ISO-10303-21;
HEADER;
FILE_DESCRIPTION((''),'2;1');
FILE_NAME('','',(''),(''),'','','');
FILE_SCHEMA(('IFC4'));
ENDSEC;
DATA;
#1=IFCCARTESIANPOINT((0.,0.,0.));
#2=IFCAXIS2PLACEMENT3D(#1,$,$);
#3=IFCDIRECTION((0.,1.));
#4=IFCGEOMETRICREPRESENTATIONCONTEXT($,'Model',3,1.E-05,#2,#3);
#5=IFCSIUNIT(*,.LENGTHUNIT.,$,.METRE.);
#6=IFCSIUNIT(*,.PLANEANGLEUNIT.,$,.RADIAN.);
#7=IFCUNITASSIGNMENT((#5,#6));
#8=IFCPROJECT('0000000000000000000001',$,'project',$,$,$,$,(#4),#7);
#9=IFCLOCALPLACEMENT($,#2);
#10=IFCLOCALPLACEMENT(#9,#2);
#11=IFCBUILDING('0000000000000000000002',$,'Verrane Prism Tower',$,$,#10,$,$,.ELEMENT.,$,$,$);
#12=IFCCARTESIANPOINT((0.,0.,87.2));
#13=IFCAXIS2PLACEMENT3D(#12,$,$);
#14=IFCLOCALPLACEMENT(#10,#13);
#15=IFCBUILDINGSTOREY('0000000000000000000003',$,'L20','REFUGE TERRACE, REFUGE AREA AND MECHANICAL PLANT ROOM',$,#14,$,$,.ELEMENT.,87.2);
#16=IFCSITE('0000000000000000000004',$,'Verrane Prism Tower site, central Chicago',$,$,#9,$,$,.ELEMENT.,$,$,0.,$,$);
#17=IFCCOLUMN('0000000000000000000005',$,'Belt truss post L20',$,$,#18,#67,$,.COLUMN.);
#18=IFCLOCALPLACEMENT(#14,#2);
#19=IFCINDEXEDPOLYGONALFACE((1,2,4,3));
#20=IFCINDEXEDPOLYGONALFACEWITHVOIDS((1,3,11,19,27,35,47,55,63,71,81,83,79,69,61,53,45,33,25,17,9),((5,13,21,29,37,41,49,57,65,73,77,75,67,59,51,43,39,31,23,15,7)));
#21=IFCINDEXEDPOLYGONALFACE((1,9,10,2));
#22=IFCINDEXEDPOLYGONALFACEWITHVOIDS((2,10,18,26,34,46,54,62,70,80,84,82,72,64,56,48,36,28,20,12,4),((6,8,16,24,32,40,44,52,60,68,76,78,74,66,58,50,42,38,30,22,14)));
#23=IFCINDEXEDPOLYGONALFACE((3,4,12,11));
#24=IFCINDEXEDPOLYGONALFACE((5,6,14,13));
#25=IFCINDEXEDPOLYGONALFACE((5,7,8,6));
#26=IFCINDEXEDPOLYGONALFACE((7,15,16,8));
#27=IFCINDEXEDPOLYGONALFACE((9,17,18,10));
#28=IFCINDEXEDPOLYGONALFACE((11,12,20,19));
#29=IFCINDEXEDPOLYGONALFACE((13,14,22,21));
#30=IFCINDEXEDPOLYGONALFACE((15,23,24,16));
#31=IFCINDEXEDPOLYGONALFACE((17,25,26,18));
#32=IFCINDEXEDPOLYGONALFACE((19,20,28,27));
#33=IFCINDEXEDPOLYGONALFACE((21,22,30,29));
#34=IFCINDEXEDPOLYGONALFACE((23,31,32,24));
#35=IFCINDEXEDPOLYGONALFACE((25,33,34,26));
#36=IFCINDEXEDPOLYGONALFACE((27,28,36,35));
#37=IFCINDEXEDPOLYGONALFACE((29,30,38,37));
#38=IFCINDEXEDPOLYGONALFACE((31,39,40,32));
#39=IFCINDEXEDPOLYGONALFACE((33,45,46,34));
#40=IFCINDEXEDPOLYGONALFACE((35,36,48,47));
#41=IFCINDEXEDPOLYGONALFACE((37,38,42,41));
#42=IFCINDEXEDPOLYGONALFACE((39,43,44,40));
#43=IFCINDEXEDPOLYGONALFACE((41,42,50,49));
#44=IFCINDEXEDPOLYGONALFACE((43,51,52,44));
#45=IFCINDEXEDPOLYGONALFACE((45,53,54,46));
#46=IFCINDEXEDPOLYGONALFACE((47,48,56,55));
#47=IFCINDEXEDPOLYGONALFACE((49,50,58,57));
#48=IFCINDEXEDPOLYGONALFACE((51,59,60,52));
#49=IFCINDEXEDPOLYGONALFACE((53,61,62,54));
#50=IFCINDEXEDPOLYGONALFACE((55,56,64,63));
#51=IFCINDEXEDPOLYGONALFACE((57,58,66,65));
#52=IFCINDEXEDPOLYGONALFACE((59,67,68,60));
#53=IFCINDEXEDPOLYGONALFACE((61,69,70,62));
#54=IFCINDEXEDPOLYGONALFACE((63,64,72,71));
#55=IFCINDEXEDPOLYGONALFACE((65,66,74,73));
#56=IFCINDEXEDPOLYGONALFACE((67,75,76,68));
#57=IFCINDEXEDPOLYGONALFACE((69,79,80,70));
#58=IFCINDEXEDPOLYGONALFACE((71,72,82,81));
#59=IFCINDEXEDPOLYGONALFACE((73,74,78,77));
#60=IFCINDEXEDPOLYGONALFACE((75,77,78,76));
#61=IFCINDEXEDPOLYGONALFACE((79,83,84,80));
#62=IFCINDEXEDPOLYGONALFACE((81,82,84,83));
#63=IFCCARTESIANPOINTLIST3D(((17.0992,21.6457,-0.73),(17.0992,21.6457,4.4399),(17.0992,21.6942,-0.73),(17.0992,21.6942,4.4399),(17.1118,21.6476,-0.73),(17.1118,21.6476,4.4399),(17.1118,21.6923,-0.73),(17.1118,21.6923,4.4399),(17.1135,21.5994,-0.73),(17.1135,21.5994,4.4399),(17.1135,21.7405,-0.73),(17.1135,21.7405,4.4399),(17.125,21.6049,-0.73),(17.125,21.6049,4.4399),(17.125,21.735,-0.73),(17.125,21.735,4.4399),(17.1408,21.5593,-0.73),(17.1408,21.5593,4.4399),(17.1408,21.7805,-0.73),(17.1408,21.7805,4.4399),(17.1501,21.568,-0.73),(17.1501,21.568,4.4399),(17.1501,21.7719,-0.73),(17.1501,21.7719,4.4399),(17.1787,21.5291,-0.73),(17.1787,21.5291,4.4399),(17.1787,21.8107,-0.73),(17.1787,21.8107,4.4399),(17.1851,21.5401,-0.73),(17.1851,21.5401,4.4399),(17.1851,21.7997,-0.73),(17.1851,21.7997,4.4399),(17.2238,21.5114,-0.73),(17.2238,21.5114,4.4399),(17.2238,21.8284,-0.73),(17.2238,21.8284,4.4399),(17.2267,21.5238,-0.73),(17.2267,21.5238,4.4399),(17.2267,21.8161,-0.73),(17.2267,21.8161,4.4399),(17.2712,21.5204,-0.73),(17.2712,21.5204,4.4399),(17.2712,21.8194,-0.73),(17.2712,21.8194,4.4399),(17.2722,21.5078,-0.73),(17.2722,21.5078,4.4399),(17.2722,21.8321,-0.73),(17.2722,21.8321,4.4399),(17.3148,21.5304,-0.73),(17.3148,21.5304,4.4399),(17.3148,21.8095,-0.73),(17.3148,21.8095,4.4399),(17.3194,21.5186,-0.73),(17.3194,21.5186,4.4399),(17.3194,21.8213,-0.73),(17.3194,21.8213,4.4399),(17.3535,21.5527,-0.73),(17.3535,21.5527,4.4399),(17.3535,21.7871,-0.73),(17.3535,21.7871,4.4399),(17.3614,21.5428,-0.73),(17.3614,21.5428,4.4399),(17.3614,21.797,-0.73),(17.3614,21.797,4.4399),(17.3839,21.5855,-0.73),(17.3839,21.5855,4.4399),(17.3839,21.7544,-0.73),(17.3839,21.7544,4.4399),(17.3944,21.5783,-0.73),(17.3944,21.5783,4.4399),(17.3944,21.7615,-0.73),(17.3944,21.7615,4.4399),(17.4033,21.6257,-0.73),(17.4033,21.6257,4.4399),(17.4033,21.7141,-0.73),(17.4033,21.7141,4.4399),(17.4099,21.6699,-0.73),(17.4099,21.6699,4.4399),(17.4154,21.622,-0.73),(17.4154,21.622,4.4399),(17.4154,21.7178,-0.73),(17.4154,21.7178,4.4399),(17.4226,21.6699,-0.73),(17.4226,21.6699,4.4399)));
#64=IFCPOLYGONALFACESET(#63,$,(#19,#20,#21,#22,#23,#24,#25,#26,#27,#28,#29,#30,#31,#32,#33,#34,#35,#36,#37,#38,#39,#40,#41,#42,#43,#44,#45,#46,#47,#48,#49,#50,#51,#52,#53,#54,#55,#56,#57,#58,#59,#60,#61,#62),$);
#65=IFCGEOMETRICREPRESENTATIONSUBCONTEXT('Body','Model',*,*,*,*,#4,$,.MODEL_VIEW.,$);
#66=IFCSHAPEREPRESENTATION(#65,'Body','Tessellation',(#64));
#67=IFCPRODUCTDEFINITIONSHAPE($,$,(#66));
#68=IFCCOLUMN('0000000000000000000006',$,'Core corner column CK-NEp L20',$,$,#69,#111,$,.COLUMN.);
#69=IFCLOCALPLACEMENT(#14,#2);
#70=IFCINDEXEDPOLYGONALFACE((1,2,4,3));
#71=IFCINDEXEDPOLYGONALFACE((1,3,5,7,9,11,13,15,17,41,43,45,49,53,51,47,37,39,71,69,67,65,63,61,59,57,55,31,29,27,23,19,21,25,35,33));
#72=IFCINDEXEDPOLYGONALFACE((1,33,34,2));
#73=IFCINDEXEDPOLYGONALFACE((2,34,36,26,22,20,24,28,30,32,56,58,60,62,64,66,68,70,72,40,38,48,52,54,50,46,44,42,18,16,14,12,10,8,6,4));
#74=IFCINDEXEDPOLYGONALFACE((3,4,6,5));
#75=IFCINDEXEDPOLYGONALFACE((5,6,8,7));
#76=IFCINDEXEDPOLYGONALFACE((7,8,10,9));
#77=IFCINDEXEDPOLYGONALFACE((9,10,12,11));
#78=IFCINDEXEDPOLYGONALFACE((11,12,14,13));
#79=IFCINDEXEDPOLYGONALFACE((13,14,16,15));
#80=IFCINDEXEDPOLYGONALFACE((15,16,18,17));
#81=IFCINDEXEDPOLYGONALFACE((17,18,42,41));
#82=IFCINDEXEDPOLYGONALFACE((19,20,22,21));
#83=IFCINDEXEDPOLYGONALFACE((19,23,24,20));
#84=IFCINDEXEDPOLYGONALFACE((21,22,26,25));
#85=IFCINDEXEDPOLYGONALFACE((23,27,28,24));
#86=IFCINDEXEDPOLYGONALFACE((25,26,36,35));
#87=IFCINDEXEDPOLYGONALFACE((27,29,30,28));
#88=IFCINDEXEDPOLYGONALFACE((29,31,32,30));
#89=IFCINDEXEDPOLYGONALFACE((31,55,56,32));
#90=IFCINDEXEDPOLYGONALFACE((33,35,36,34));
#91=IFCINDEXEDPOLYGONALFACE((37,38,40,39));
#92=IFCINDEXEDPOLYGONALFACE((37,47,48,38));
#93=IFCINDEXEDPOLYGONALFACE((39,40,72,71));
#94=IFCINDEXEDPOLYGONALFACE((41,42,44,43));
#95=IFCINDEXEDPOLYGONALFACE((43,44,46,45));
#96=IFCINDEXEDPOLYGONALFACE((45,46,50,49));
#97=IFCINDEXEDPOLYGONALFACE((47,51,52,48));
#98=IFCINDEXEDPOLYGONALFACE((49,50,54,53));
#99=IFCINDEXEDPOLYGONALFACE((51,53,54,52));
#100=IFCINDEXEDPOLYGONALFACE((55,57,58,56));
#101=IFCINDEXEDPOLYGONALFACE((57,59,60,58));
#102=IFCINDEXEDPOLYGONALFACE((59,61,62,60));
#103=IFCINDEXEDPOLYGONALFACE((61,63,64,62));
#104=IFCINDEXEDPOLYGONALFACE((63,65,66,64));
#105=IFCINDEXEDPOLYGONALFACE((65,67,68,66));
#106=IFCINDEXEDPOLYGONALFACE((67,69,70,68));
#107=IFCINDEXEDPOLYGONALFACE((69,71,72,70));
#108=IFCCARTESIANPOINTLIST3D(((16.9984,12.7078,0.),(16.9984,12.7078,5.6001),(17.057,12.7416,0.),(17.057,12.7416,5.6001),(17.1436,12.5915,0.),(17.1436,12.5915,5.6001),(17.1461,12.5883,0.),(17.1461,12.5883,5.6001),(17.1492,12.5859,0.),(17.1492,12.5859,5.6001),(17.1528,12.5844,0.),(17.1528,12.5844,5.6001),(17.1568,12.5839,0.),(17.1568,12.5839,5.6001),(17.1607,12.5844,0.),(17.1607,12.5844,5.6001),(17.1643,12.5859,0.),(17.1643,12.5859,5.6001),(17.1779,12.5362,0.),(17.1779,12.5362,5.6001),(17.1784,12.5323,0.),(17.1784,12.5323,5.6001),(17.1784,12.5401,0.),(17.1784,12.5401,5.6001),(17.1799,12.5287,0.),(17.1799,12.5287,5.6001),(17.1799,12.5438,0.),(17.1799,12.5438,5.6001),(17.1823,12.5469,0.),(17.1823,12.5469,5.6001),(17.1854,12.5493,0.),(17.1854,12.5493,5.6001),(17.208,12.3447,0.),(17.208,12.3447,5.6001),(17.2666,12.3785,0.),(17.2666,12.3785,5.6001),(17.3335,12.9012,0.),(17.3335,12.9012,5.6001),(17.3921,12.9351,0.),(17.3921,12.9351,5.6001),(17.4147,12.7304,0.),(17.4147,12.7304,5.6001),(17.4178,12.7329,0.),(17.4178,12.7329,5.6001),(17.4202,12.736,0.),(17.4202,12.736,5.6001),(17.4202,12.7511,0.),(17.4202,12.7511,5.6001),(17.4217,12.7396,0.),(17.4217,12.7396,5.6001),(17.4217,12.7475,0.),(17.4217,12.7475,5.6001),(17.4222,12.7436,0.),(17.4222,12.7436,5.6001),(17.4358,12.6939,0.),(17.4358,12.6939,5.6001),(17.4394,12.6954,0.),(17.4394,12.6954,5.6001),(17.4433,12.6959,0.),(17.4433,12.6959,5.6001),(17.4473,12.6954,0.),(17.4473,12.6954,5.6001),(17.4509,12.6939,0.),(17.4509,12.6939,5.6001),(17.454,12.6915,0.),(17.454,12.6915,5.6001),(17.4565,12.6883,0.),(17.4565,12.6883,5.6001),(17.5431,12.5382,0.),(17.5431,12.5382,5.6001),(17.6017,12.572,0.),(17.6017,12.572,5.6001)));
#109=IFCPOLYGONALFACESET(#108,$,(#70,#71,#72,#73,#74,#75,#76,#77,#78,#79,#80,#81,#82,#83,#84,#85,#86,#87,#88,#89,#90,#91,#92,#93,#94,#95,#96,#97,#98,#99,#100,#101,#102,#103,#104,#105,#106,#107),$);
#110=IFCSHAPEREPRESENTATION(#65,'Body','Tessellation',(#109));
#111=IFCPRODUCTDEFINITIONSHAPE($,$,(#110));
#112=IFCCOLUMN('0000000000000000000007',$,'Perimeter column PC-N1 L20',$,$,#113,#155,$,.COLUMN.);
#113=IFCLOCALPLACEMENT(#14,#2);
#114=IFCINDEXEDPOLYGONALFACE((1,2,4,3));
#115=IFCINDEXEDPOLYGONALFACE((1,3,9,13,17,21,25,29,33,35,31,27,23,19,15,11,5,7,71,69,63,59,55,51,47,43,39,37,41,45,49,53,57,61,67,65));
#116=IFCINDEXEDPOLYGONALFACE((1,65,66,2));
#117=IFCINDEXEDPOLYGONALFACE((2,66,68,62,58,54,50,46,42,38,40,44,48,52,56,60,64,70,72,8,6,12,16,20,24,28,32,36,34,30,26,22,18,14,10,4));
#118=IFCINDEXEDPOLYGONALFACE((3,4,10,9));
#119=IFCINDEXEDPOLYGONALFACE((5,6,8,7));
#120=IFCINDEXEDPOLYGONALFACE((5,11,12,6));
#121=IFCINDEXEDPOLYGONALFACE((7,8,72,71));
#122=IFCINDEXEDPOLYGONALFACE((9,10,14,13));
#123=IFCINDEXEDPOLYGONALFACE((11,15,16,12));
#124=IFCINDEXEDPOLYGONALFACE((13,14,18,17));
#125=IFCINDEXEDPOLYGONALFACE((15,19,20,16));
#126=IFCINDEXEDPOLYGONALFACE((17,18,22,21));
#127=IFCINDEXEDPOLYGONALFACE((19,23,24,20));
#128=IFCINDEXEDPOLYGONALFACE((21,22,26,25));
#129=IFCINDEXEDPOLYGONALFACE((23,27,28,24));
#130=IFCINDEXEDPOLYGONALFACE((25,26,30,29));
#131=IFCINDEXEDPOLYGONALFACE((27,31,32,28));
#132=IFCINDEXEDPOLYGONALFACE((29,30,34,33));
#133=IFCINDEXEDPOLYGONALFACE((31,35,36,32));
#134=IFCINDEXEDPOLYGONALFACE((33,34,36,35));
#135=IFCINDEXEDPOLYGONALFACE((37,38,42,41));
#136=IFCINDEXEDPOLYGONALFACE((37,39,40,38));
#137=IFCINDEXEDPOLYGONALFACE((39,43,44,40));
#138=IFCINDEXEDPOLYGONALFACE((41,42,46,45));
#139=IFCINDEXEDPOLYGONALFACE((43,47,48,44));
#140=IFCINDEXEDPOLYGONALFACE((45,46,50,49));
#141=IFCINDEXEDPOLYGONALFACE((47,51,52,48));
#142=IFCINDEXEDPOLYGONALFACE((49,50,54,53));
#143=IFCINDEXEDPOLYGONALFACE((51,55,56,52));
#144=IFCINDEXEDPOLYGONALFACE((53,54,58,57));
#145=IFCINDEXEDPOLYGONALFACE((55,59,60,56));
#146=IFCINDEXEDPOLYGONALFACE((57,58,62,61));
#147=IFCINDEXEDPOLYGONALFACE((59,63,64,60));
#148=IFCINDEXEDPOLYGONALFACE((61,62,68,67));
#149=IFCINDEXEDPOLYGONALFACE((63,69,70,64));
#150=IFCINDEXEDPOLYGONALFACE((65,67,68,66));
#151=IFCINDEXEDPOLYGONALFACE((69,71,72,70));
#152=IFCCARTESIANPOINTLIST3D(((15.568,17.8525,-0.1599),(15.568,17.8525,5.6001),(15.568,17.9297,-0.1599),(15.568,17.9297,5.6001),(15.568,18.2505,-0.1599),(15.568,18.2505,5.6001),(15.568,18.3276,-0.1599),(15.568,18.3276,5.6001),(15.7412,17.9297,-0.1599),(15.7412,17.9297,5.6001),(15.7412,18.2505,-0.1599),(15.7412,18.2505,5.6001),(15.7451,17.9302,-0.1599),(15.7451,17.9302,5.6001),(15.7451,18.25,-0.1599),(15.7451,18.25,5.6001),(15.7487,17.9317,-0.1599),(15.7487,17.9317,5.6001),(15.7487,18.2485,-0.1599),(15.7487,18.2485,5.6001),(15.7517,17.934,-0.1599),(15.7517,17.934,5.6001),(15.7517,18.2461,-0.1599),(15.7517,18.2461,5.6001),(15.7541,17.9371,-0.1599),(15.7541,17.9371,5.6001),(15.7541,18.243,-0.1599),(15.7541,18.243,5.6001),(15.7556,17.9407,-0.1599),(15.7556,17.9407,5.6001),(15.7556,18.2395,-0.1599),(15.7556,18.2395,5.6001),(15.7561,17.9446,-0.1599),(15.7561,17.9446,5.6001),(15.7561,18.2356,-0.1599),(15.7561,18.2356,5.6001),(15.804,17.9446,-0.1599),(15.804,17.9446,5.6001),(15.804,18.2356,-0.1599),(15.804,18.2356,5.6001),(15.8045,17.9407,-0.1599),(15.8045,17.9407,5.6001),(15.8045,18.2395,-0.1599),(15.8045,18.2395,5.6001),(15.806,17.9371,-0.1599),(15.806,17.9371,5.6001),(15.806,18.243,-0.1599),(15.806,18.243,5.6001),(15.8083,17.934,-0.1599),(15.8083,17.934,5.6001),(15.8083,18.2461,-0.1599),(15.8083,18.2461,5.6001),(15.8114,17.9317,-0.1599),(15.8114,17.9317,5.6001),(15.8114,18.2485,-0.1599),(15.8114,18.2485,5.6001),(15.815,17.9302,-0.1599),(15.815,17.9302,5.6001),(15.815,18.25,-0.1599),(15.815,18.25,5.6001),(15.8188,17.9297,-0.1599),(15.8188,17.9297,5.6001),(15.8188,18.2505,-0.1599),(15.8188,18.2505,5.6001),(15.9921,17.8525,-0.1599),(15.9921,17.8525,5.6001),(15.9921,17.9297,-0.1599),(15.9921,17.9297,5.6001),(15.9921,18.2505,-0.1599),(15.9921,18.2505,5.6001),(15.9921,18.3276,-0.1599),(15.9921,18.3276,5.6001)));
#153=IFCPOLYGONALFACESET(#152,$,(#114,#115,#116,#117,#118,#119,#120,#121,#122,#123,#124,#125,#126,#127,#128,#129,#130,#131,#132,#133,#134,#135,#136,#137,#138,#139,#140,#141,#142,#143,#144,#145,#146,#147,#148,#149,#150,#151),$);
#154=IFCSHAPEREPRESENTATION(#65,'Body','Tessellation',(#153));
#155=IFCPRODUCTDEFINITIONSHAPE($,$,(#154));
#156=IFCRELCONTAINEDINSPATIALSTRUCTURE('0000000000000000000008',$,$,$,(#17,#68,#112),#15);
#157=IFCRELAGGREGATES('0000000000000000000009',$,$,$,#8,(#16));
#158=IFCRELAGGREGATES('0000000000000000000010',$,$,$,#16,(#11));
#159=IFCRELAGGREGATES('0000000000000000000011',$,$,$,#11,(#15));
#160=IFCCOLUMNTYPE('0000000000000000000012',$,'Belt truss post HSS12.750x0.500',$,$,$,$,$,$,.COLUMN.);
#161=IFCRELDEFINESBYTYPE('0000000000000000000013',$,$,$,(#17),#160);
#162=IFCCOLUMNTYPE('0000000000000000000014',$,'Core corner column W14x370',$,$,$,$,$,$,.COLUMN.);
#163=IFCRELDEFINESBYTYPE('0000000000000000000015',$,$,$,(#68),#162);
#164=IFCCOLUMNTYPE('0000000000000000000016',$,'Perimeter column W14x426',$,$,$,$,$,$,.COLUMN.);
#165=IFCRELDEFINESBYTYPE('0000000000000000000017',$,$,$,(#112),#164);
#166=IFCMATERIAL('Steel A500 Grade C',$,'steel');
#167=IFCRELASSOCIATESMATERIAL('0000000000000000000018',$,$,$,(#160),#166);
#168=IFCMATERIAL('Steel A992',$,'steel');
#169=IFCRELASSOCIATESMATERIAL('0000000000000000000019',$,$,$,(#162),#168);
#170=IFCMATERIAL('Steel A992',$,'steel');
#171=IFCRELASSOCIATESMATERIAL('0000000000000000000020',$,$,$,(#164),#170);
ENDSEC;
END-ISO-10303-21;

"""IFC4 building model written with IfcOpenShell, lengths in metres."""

from ifc_helpers import new_model, si_unit, direction, frame, origin, origin_2d, place, context, subcontext, project, spatial, hollow_circle, i_section, extrude, material, material_profile, profile_set, type_object, element, save


model = new_model("IFC4")

# Units and contexts
model_context = context("Model", 3, precision=1e-05, world=origin(), true_north=direction((0.0, 1.0)))
body_context = subcontext(model_context, "Body", "Model", "MODEL_VIEW")
ifc_project = project(units=[si_unit("LENGTHUNIT", "METRE"), si_unit("PLANEANGLEUNIT", "RADIAN")], contexts=[model_context])

# Site, building, storey
site_placement = place(None, origin())
site = spatial("IfcSite", under=ifc_project, at=site_placement, Name="Verrane Prism Tower site, central Chicago", CompositionType="ELEMENT", RefElevation=0.0)
building_placement = place(site_placement, origin())
building = spatial("IfcBuilding", under=site, at=building_placement, Name="Verrane Prism Tower", CompositionType="ELEMENT")
storey_placement = place(building_placement, frame((0.0, 0.0, 87.2)))
storey = spatial("IfcBuildingStorey", under=building, at=storey_placement, Name="L20", Description="REFUGE TERRACE, REFUGE AREA AND MECHANICAL PLANT ROOM", CompositionType="ELEMENT", Elevation=87.2)

# Columns
ifc_material_1 = material(Name="Steel A500 Grade C", Category="steel")
ifc_material_profile_1 = material_profile(ifc_material_1, hollow_circle(Radius=0.1626, WallThickness=0.0127, at=origin_2d()), Name="HSS12.750x0.500")
ifc_profile_set_1 = profile_set([ifc_material_profile_1], Name="Steel A500 Grade C")
column_type_1 = type_object("IfcColumnType", Name="Belt truss post HSS12.750x0.500", PredefinedType="COLUMN", material=ifc_profile_set_1)
column_1_placement = place(storey_placement, frame((17.26, 21.6699, -0.73), z_axis=(0.0, 0.0, 1.0), x_axis=(1.0, 0.0, 0.0)))
element("IfcColumn", 1, at=column_1_placement, inside=storey, type_object=column_type_1, Name="Belt truss post L20", PredefinedType="COLUMN", context=body_context, shape_type="SweptSolid", body=[
    extrude(hollow_circle(Radius=0.1626, WallThickness=0.0127, at=origin_2d()), origin(), (0.0, 0.0, 1.0), 5.1699),
])
ifc_material_2 = material(Name="Steel A992", Category="steel")
ifc_material_profile_2 = material_profile(ifc_material_2, i_section(OverallWidth=0.4192, OverallDepth=0.4546, WebThickness=0.0422, FlangeThickness=0.0676, FilletRadius=0.0151, at=origin_2d()), Name="W14x370")
ifc_profile_set_2 = profile_set([ifc_material_profile_2], Name="Steel A992")
column_type_2 = type_object("IfcColumnType", Name="Core corner column W14x370", PredefinedType="COLUMN", material=ifc_profile_set_2)
column_2_placement = place(storey_placement, frame((17.3, 12.6399, 0.0), z_axis=(0.0, 0.0, 1.0), x_axis=(0.5, -0.866025, 0.0)))
element("IfcColumn", 2, at=column_2_placement, inside=storey, type_object=column_type_2, Name="Core corner column CK-NEp L20", PredefinedType="COLUMN", context=body_context, shape_type="SweptSolid", body=[
    extrude(i_section(OverallWidth=0.4192, OverallDepth=0.4546, WebThickness=0.0422, FlangeThickness=0.0676, FilletRadius=0.0151, at=origin_2d()), origin(), (0.0, 0.0, 1.0), 5.6001),
])
ifc_material_3 = material(Name="Steel A992", Category="steel")
ifc_material_profile_3 = material_profile(ifc_material_3, i_section(OverallWidth=0.4241, OverallDepth=0.4751, WebThickness=0.0479, FlangeThickness=0.0771, FilletRadius=0.0149, at=origin_2d()), Name="W14x426")
ifc_profile_set_3 = profile_set([ifc_material_profile_3], Name="Steel A992")
column_type_3 = type_object("IfcColumnType", Name="Perimeter column W14x426", PredefinedType="COLUMN", material=ifc_profile_set_3)
column_3_placement = place(storey_placement, frame((15.78, 18.0901, -0.1599), z_axis=(0.0, 0.0, 1.0), x_axis=(1.0, 0.0, 0.0)))
element("IfcColumn", 3, at=column_3_placement, inside=storey, type_object=column_type_3, Name="Perimeter column PC-N1 L20", PredefinedType="COLUMN", context=body_context, shape_type="SweptSolid", body=[
    extrude(i_section(OverallWidth=0.4241, OverallDepth=0.4751, WebThickness=0.0479, FlangeThickness=0.0771, FilletRadius=0.0149, at=origin_2d()), origin(), (0.0, 0.0, 1.0), 5.76),
])

save(model, "model.ifc")
